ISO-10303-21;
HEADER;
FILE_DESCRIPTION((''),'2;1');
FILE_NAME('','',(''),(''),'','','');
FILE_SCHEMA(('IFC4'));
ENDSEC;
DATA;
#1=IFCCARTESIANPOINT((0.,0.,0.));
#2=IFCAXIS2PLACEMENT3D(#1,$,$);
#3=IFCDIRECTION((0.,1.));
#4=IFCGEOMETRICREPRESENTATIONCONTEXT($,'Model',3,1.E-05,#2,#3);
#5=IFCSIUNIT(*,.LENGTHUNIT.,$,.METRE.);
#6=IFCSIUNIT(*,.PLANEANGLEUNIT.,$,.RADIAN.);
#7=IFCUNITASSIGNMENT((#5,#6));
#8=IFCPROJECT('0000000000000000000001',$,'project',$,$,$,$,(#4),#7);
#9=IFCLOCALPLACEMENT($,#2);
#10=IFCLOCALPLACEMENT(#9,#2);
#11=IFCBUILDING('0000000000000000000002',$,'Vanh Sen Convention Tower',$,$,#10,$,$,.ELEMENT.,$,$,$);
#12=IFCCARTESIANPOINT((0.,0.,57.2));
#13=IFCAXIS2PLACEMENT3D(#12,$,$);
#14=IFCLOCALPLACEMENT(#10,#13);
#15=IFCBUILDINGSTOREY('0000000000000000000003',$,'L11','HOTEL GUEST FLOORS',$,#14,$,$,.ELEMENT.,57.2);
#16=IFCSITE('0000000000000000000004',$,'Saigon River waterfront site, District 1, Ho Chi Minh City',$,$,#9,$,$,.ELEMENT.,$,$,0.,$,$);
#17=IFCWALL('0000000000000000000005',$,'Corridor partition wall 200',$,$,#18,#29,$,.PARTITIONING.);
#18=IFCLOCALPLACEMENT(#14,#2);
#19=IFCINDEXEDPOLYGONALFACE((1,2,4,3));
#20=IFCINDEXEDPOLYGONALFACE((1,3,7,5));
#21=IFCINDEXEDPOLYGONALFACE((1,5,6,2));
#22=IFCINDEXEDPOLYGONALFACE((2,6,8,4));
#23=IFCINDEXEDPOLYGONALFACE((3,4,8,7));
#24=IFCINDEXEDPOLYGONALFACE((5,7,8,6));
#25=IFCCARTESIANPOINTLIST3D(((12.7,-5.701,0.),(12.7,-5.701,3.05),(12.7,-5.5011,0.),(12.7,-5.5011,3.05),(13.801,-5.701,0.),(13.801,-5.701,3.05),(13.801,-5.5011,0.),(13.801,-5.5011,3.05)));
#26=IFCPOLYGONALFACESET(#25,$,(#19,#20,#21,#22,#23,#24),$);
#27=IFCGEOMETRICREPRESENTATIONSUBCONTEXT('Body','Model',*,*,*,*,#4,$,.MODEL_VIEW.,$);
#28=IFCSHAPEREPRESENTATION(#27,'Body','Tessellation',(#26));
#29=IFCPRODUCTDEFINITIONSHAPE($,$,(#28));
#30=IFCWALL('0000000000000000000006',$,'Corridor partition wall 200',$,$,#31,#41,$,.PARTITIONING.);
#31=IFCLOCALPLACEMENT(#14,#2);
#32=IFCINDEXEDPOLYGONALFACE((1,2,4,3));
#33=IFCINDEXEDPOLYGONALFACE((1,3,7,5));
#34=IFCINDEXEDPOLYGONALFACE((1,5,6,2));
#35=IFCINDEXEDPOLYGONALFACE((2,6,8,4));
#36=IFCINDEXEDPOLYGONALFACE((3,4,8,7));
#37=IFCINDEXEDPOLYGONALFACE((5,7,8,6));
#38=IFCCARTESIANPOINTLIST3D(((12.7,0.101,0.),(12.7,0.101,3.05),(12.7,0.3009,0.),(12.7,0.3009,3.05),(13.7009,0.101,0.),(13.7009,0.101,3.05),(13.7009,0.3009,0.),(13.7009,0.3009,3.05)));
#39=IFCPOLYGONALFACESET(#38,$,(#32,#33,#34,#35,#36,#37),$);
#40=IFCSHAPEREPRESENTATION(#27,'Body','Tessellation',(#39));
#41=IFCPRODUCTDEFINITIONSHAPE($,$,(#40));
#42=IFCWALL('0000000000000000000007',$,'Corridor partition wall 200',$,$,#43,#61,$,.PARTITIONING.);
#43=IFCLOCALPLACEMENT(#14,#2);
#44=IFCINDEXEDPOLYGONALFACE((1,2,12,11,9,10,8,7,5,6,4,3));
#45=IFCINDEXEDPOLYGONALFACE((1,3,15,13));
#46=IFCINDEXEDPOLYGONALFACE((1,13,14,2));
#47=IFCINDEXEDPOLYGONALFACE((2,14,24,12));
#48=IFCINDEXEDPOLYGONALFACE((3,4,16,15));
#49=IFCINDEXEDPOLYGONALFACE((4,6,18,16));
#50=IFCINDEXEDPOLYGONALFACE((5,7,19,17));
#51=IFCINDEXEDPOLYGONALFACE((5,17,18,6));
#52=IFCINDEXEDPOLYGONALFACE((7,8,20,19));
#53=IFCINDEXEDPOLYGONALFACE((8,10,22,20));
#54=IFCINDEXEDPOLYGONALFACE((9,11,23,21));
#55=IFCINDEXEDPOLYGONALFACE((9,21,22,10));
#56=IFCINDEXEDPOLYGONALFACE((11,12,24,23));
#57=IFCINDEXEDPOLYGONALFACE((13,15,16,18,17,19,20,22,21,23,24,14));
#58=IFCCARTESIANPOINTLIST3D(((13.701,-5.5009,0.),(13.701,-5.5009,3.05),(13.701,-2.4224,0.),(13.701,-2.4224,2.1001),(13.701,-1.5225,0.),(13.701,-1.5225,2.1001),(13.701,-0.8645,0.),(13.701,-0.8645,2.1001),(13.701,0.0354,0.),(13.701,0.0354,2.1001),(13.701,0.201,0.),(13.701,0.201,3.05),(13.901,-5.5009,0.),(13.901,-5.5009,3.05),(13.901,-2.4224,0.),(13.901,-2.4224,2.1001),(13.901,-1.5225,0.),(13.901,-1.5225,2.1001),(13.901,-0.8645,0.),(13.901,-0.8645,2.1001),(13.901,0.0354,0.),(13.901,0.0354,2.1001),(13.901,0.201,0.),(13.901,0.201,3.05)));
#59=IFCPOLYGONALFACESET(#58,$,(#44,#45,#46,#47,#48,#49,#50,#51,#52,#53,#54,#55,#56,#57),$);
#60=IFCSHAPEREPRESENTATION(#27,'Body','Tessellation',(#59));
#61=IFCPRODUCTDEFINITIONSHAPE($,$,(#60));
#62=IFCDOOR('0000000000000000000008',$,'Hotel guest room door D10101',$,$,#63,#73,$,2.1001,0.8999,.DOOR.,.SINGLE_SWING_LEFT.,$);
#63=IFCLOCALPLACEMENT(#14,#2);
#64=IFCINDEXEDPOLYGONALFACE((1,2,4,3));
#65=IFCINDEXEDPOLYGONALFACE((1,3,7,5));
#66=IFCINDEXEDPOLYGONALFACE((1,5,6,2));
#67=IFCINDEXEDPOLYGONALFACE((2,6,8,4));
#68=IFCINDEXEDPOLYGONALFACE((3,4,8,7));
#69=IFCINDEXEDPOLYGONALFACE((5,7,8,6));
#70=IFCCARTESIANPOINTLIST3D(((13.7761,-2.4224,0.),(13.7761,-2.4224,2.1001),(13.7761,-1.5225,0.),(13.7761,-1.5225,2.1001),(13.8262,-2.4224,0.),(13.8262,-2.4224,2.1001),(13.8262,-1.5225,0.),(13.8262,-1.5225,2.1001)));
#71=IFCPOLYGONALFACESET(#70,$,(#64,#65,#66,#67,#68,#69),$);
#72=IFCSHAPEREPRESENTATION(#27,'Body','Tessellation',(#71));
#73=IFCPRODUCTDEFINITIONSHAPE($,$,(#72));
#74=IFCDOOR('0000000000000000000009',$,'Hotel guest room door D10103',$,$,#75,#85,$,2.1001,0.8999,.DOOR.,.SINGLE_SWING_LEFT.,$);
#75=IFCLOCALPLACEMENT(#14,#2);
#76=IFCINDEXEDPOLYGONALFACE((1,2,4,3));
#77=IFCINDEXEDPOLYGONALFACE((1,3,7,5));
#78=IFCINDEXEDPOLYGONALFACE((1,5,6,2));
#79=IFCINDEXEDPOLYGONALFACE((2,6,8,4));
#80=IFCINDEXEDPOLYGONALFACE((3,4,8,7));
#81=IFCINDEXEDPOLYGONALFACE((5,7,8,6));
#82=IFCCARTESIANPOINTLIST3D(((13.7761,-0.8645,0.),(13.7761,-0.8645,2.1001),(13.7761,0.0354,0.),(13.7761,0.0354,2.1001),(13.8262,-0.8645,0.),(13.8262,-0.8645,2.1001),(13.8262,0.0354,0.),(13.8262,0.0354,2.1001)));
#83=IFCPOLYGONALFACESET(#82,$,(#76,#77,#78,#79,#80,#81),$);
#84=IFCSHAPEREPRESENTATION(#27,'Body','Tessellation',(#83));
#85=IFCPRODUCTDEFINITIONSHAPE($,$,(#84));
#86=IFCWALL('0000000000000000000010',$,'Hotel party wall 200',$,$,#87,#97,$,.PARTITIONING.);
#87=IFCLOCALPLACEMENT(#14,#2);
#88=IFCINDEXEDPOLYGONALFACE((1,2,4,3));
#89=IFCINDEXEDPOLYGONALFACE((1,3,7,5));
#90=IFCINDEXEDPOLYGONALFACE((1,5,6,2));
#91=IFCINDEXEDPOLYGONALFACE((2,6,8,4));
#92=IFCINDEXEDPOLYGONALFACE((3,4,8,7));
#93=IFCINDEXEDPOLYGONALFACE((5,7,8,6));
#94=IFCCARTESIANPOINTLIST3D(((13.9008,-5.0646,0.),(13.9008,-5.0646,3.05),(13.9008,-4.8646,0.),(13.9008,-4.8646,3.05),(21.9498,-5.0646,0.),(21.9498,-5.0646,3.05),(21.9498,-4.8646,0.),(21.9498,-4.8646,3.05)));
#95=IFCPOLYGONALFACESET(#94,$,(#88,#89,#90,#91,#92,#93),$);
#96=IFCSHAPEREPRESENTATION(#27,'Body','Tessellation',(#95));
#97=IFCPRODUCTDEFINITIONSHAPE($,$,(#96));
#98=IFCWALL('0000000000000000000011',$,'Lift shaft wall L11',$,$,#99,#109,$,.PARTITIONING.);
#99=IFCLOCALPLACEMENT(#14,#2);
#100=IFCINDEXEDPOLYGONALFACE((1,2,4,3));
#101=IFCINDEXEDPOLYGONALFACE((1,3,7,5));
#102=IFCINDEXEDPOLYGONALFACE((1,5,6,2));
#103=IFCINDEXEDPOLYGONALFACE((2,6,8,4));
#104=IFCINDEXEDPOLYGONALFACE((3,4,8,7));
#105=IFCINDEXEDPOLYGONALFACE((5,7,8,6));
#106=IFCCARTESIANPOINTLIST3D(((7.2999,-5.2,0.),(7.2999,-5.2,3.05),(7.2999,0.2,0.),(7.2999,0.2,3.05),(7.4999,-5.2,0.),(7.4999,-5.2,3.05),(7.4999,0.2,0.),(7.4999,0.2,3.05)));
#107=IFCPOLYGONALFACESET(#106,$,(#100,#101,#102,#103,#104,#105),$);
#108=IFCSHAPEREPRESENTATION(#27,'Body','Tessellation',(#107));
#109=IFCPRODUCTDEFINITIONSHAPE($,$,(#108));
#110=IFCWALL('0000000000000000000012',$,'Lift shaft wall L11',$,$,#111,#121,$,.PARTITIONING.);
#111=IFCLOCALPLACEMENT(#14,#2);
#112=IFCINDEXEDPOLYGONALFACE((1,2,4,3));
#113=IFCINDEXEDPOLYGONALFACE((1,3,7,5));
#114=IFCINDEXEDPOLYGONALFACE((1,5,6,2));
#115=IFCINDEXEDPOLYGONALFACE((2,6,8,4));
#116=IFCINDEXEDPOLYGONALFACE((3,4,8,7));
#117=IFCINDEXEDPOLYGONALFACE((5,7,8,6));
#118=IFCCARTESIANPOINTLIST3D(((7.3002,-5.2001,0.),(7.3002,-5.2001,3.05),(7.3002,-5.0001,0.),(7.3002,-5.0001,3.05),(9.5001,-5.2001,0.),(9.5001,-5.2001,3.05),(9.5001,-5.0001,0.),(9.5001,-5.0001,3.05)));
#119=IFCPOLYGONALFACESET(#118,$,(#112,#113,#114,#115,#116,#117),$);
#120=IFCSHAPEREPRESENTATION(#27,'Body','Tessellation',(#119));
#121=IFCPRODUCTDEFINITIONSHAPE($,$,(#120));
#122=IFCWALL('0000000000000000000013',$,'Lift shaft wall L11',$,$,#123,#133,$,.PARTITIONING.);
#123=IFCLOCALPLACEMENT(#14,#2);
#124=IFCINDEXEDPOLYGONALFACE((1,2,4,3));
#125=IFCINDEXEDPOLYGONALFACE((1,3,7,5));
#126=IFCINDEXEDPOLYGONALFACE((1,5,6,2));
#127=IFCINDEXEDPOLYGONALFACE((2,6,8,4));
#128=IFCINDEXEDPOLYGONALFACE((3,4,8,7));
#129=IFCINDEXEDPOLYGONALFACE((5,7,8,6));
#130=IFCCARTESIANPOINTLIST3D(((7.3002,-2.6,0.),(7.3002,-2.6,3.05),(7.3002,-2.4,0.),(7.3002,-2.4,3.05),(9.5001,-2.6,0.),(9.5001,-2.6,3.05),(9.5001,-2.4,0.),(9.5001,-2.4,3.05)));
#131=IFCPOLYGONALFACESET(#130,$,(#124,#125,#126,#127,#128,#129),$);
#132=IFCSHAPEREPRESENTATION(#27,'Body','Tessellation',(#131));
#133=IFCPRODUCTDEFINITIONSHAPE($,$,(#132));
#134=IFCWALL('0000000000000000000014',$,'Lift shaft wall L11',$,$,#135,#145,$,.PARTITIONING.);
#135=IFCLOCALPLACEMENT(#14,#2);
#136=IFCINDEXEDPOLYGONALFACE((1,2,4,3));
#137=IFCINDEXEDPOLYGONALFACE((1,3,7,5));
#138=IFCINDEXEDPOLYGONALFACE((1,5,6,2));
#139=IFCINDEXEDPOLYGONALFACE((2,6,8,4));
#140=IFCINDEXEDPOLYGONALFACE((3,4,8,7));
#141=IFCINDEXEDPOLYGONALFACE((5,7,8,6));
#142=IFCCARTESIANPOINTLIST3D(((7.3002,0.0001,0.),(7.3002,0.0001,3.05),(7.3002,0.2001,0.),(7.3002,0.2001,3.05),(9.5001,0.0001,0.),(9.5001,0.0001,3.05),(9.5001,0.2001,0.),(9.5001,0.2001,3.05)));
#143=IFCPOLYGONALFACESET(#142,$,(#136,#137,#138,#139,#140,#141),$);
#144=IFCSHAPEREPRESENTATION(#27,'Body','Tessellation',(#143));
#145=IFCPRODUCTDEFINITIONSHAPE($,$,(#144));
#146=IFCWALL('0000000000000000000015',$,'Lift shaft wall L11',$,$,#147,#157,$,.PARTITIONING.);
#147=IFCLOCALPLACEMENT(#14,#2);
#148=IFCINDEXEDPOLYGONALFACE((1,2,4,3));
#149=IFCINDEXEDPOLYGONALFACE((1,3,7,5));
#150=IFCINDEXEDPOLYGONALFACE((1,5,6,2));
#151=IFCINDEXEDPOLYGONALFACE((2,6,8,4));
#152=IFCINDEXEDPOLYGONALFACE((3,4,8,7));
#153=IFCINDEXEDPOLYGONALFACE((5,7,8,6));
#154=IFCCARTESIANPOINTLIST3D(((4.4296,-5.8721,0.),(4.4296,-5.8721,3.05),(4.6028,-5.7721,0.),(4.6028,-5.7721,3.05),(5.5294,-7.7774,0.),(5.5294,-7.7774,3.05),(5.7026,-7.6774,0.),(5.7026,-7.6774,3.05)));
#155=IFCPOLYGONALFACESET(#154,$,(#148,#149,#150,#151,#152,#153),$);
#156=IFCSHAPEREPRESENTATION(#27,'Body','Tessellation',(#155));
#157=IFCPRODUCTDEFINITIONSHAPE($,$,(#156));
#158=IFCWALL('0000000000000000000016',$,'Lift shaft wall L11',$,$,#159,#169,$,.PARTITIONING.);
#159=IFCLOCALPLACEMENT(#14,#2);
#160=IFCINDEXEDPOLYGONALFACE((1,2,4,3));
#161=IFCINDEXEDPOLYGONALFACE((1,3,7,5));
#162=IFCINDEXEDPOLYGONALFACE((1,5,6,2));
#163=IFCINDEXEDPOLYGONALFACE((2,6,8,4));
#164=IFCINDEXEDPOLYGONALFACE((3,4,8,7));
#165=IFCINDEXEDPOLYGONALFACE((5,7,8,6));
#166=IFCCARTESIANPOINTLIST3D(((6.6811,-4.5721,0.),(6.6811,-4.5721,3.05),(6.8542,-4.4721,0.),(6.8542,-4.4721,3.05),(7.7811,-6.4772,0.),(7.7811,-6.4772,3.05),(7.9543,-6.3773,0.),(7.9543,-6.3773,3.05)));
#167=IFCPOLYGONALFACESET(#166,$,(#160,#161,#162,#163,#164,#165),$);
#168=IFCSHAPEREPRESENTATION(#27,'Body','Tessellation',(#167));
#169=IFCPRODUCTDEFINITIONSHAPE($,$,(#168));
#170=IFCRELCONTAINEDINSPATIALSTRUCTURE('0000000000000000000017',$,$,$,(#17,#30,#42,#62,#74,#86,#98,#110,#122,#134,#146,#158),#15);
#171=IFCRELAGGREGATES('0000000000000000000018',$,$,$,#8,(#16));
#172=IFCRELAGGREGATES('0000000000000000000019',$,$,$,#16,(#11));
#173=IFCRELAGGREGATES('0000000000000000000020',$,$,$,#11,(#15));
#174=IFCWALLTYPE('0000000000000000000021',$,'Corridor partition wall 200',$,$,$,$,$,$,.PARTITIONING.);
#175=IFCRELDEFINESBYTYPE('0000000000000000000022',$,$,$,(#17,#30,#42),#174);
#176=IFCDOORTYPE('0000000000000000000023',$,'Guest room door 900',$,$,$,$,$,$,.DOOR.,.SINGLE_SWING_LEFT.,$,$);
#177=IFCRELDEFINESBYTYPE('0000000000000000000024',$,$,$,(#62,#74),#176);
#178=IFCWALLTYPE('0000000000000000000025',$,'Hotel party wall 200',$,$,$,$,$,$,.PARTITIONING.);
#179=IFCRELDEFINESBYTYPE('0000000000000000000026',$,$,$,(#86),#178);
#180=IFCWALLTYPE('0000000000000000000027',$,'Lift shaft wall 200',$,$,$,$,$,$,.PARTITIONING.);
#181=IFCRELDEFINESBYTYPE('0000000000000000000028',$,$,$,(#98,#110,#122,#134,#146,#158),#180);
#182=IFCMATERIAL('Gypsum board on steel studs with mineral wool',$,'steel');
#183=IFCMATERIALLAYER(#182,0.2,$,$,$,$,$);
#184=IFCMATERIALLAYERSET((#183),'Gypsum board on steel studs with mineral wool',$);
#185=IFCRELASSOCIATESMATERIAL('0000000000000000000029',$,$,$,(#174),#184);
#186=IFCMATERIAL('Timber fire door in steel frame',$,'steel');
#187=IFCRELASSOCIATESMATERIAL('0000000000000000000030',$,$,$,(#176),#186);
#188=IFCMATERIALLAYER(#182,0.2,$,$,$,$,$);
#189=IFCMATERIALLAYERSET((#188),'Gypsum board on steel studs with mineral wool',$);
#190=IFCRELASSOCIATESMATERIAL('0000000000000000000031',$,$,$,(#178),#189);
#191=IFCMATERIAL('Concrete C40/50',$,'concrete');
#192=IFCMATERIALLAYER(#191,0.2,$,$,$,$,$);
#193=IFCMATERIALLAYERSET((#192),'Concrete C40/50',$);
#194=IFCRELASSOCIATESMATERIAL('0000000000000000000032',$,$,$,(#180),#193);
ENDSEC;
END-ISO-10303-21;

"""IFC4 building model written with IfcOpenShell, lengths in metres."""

from ifc_helpers import new_model, si_unit, direction, frame, frame_2d, origin, place, context, subcontext, project, spatial, rectangle, extrude, material, layer, layer_set, type_object, element, fill, save


model = new_model("IFC4")

# Units and contexts
model_context = context("Model", 3, precision=1e-05, world=origin(), true_north=direction((0.0, 1.0)))
body_context = subcontext(model_context, "Body", "Model", "MODEL_VIEW")
ifc_project = project(units=[si_unit("LENGTHUNIT", "METRE"), si_unit("PLANEANGLEUNIT", "RADIAN")], contexts=[model_context])

# Site, building, storey
site_placement = place(None, origin())
site = spatial("IfcSite", under=ifc_project, at=site_placement, Name="Saigon River waterfront site, District 1, Ho Chi Minh City", CompositionType="ELEMENT", RefElevation=0.0)
building_placement = place(site_placement, origin())
building = spatial("IfcBuilding", under=site, at=building_placement, Name="Vanh Sen Convention Tower", CompositionType="ELEMENT")
storey_placement = place(building_placement, frame((0.0, 0.0, 57.2)))
storey = spatial("IfcBuildingStorey", under=building, at=storey_placement, Name="L11", Description="HOTEL GUEST FLOORS", CompositionType="ELEMENT", Elevation=57.2)

# Shared definitions
ifc_material_1 = material(Name="Gypsum board on steel studs with mineral wool", Category="steel")
ifc_layer_1 = layer(ifc_material_1, 0.2)
ifc_layer_set_1 = layer_set([ifc_layer_1], Name="Gypsum board on steel studs with mineral wool")
wall_type_1 = type_object("IfcWallType", Name="Corridor partition wall 200", PredefinedType="PARTITIONING", material=ifc_layer_set_1)

# Shared definitions
ifc_material_2 = material(Name="Timber fire door in steel frame", Category="steel")
door_type_1 = type_object("IfcDoorType", Name="Guest room door 900", OperationType="SINGLE_SWING_LEFT", PredefinedType="DOOR", material=ifc_material_2)

# Walls
wall_1_placement = place(storey_placement, frame((12.7, -5.6011, 0.0), z_axis=(0.0, 0.0, 1.0), x_axis=(1.0, 0.0, 0.0)))
element("IfcWall", 1, at=wall_1_placement, inside=storey, type_object=wall_type_1, Name="Corridor partition wall 200", PredefinedType="PARTITIONING", context=body_context, shape_type="SweptSolid", body=[
    extrude(rectangle(XDim=1.1011, YDim=0.2, at=frame_2d((0.5505, 0.0))), origin(), (0.0, 0.0, 1.0), 3.05),
])
wall_2_placement = place(storey_placement, frame((13.7009, 0.2009, 0.0), z_axis=(0.0, 0.0, 1.0), x_axis=(-1.0, 0.0, 0.0)))
element("IfcWall", 2, at=wall_2_placement, inside=storey, type_object=wall_type_1, Name="Corridor partition wall 200", PredefinedType="PARTITIONING", context=body_context, shape_type="SweptSolid", body=[
    extrude(rectangle(XDim=1.001, YDim=0.2, at=frame_2d((0.5005, 0.0))), origin(), (0.0, 0.0, 1.0), 3.05),
])

# Wall, openings, doors
wall_3_placement = place(storey_placement, frame((13.801, -5.501, 0.0), z_axis=(0.0, 0.0, 1.0), x_axis=(0.0, 1.0, 0.0)))
wall_3 = element("IfcWall", 3, at=wall_3_placement, inside=storey, type_object=wall_type_1, Name="Corridor partition wall 200", PredefinedType="PARTITIONING", context=body_context, shape_type="SweptSolid", body=[
    extrude(rectangle(XDim=5.7019, YDim=0.2, at=frame_2d((2.8511, 0.0))), origin(), (0.0, 0.0, 1.0), 3.05),
])
opening_1_placement = place(wall_3_placement, frame((3.0786, 0.0, 0.0)))
opening_1 = element("IfcOpeningElement", 4, at=opening_1_placement, cuts=wall_3, PredefinedType="OPENING", context=body_context, shape_type="SweptSolid", body=[
    extrude(rectangle(XDim=0.8999, YDim=2.1001, at=frame_2d((0.45, 1.05))), frame((0.0, 0.1099, 0.0), z_axis=(0.0, -1.0, 0.0), x_axis=(1.0, 0.0, 0.0)), (0.0, 0.0, 1.0), 0.22),
])
opening_2_placement = place(wall_3_placement, frame((4.6365, 0.0, 0.0)))
opening_2 = element("IfcOpeningElement", 5, at=opening_2_placement, cuts=wall_3, PredefinedType="OPENING", context=body_context, shape_type="SweptSolid", body=[
    extrude(rectangle(XDim=0.8999, YDim=2.1001, at=frame_2d((0.45, 1.05))), frame((0.0, 0.1099, 0.0), z_axis=(0.0, -1.0, 0.0), x_axis=(1.0, 0.0, 0.0)), (0.0, 0.0, 1.0), 0.22),
])
door_1_placement = place(opening_1_placement, origin())
door_1 = element("IfcDoor", 6, at=door_1_placement, inside=storey, type_object=door_type_1, Name="Hotel guest room door D10101", OperationType="SINGLE_SWING_LEFT", OverallHeight=2.1001, OverallWidth=0.8999, PredefinedType="DOOR", context=body_context, shape_type="SweptSolid", body=[
    extrude(rectangle(XDim=0.8999, YDim=2.1001, at=frame_2d((0.45, 1.05))), frame((0.0, 0.0249, 0.0), z_axis=(0.0, -1.0, 0.0), x_axis=(1.0, 0.0, 0.0)), (0.0, 0.0, 1.0), 0.05),
])
fill(opening_1, door_1)
door_2_placement = place(opening_2_placement, origin())
door_2 = element("IfcDoor", 7, at=door_2_placement, inside=storey, type_object=door_type_1, Name="Hotel guest room door D10103", OperationType="SINGLE_SWING_LEFT", OverallHeight=2.1001, OverallWidth=0.8999, PredefinedType="DOOR", context=body_context, shape_type="SweptSolid", body=[
    extrude(rectangle(XDim=0.8999, YDim=2.1001, at=frame_2d((0.45, 1.05))), frame((0.0, 0.0249, 0.0), z_axis=(0.0, -1.0, 0.0), x_axis=(1.0, 0.0, 0.0)), (0.0, 0.0, 1.0), 0.05),
])
fill(opening_2, door_2)

# Walls
ifc_layer_2 = layer(ifc_material_1, 0.2)
ifc_layer_set_2 = layer_set([ifc_layer_2], Name="Gypsum board on steel studs with mineral wool")
wall_type_2 = type_object("IfcWallType", Name="Hotel party wall 200", PredefinedType="PARTITIONING", material=ifc_layer_set_2)
wall_4_placement = place(storey_placement, frame((13.9009, -4.9646, 0.0), z_axis=(0.0, 0.0, 1.0), x_axis=(1.0, 0.0, 0.0)))
element("IfcWall", 8, at=wall_4_placement, inside=storey, type_object=wall_type_2, Name="Hotel party wall 200", PredefinedType="PARTITIONING", context=body_context, shape_type="SweptSolid", body=[
    extrude(rectangle(XDim=8.0491, YDim=0.2, at=frame_2d((4.0244, 0.0))), origin(), (0.0, 0.0, 1.0), 3.05),
])
ifc_material_3 = material(Name="Concrete C40/50", Category="concrete")
ifc_layer_3 = layer(ifc_material_3, 0.2)
ifc_layer_set_3 = layer_set([ifc_layer_3], Name="Concrete C40/50")
wall_type_3 = type_object("IfcWallType", Name="Lift shaft wall 200", PredefinedType="PARTITIONING", material=ifc_layer_set_3)
wall_5_placement = place(storey_placement, frame((7.3999, -5.2, 0.0), z_axis=(0.0, 0.0, 1.0), x_axis=(0.0, 1.0, 0.0)))
element("IfcWall", 9, at=wall_5_placement, inside=storey, type_object=wall_type_3, Name="Lift shaft wall L11", PredefinedType="PARTITIONING", context=body_context, shape_type="SweptSolid", body=[
    extrude(rectangle(XDim=5.3999, YDim=0.2, at=frame_2d((2.7, 0.0))), origin(), (0.0, 0.0, 1.0), 3.05),
])
for number, where, z_axis, x_axis, name in (
    (10, (7.3, -5.1001, 0.0), (0.0, 0.0, 1.0), (1.0, 0.0, 0.0), "Lift shaft wall L11"),
    (11, (7.3, -2.5, 0.0), (0.0, 0.0, 1.0), (1.0, 0.0, 0.0), "Lift shaft wall L11"),
    (12, (7.3, 0.1001, 0.0), (0.0, 0.0, 1.0), (1.0, 0.0, 0.0), "Lift shaft wall L11"),
    (13, (4.5161, -5.822, 0.0), (0.0, 0.0, 1.0), (0.499947, -0.866056, 0.0), "Lift shaft wall L11"),
    (14, (6.7676, -4.522, 0.0), (0.0, 0.0, 1.0), (0.50003, -0.866008, 0.0), "Lift shaft wall L11"),
):
    element("IfcWall", number, at=place(storey_placement, frame(where, z_axis=z_axis, x_axis=x_axis)), inside=storey, type_object=wall_type_3, Name=name, PredefinedType="PARTITIONING", context=body_context, shape_type="SweptSolid", body=[
        extrude(rectangle(XDim=2.2, YDim=0.2, at=frame_2d((1.1001, 0.0))), origin(), (0.0, 0.0, 1.0), 3.05),
    ])

save(model, "model.ifc")
